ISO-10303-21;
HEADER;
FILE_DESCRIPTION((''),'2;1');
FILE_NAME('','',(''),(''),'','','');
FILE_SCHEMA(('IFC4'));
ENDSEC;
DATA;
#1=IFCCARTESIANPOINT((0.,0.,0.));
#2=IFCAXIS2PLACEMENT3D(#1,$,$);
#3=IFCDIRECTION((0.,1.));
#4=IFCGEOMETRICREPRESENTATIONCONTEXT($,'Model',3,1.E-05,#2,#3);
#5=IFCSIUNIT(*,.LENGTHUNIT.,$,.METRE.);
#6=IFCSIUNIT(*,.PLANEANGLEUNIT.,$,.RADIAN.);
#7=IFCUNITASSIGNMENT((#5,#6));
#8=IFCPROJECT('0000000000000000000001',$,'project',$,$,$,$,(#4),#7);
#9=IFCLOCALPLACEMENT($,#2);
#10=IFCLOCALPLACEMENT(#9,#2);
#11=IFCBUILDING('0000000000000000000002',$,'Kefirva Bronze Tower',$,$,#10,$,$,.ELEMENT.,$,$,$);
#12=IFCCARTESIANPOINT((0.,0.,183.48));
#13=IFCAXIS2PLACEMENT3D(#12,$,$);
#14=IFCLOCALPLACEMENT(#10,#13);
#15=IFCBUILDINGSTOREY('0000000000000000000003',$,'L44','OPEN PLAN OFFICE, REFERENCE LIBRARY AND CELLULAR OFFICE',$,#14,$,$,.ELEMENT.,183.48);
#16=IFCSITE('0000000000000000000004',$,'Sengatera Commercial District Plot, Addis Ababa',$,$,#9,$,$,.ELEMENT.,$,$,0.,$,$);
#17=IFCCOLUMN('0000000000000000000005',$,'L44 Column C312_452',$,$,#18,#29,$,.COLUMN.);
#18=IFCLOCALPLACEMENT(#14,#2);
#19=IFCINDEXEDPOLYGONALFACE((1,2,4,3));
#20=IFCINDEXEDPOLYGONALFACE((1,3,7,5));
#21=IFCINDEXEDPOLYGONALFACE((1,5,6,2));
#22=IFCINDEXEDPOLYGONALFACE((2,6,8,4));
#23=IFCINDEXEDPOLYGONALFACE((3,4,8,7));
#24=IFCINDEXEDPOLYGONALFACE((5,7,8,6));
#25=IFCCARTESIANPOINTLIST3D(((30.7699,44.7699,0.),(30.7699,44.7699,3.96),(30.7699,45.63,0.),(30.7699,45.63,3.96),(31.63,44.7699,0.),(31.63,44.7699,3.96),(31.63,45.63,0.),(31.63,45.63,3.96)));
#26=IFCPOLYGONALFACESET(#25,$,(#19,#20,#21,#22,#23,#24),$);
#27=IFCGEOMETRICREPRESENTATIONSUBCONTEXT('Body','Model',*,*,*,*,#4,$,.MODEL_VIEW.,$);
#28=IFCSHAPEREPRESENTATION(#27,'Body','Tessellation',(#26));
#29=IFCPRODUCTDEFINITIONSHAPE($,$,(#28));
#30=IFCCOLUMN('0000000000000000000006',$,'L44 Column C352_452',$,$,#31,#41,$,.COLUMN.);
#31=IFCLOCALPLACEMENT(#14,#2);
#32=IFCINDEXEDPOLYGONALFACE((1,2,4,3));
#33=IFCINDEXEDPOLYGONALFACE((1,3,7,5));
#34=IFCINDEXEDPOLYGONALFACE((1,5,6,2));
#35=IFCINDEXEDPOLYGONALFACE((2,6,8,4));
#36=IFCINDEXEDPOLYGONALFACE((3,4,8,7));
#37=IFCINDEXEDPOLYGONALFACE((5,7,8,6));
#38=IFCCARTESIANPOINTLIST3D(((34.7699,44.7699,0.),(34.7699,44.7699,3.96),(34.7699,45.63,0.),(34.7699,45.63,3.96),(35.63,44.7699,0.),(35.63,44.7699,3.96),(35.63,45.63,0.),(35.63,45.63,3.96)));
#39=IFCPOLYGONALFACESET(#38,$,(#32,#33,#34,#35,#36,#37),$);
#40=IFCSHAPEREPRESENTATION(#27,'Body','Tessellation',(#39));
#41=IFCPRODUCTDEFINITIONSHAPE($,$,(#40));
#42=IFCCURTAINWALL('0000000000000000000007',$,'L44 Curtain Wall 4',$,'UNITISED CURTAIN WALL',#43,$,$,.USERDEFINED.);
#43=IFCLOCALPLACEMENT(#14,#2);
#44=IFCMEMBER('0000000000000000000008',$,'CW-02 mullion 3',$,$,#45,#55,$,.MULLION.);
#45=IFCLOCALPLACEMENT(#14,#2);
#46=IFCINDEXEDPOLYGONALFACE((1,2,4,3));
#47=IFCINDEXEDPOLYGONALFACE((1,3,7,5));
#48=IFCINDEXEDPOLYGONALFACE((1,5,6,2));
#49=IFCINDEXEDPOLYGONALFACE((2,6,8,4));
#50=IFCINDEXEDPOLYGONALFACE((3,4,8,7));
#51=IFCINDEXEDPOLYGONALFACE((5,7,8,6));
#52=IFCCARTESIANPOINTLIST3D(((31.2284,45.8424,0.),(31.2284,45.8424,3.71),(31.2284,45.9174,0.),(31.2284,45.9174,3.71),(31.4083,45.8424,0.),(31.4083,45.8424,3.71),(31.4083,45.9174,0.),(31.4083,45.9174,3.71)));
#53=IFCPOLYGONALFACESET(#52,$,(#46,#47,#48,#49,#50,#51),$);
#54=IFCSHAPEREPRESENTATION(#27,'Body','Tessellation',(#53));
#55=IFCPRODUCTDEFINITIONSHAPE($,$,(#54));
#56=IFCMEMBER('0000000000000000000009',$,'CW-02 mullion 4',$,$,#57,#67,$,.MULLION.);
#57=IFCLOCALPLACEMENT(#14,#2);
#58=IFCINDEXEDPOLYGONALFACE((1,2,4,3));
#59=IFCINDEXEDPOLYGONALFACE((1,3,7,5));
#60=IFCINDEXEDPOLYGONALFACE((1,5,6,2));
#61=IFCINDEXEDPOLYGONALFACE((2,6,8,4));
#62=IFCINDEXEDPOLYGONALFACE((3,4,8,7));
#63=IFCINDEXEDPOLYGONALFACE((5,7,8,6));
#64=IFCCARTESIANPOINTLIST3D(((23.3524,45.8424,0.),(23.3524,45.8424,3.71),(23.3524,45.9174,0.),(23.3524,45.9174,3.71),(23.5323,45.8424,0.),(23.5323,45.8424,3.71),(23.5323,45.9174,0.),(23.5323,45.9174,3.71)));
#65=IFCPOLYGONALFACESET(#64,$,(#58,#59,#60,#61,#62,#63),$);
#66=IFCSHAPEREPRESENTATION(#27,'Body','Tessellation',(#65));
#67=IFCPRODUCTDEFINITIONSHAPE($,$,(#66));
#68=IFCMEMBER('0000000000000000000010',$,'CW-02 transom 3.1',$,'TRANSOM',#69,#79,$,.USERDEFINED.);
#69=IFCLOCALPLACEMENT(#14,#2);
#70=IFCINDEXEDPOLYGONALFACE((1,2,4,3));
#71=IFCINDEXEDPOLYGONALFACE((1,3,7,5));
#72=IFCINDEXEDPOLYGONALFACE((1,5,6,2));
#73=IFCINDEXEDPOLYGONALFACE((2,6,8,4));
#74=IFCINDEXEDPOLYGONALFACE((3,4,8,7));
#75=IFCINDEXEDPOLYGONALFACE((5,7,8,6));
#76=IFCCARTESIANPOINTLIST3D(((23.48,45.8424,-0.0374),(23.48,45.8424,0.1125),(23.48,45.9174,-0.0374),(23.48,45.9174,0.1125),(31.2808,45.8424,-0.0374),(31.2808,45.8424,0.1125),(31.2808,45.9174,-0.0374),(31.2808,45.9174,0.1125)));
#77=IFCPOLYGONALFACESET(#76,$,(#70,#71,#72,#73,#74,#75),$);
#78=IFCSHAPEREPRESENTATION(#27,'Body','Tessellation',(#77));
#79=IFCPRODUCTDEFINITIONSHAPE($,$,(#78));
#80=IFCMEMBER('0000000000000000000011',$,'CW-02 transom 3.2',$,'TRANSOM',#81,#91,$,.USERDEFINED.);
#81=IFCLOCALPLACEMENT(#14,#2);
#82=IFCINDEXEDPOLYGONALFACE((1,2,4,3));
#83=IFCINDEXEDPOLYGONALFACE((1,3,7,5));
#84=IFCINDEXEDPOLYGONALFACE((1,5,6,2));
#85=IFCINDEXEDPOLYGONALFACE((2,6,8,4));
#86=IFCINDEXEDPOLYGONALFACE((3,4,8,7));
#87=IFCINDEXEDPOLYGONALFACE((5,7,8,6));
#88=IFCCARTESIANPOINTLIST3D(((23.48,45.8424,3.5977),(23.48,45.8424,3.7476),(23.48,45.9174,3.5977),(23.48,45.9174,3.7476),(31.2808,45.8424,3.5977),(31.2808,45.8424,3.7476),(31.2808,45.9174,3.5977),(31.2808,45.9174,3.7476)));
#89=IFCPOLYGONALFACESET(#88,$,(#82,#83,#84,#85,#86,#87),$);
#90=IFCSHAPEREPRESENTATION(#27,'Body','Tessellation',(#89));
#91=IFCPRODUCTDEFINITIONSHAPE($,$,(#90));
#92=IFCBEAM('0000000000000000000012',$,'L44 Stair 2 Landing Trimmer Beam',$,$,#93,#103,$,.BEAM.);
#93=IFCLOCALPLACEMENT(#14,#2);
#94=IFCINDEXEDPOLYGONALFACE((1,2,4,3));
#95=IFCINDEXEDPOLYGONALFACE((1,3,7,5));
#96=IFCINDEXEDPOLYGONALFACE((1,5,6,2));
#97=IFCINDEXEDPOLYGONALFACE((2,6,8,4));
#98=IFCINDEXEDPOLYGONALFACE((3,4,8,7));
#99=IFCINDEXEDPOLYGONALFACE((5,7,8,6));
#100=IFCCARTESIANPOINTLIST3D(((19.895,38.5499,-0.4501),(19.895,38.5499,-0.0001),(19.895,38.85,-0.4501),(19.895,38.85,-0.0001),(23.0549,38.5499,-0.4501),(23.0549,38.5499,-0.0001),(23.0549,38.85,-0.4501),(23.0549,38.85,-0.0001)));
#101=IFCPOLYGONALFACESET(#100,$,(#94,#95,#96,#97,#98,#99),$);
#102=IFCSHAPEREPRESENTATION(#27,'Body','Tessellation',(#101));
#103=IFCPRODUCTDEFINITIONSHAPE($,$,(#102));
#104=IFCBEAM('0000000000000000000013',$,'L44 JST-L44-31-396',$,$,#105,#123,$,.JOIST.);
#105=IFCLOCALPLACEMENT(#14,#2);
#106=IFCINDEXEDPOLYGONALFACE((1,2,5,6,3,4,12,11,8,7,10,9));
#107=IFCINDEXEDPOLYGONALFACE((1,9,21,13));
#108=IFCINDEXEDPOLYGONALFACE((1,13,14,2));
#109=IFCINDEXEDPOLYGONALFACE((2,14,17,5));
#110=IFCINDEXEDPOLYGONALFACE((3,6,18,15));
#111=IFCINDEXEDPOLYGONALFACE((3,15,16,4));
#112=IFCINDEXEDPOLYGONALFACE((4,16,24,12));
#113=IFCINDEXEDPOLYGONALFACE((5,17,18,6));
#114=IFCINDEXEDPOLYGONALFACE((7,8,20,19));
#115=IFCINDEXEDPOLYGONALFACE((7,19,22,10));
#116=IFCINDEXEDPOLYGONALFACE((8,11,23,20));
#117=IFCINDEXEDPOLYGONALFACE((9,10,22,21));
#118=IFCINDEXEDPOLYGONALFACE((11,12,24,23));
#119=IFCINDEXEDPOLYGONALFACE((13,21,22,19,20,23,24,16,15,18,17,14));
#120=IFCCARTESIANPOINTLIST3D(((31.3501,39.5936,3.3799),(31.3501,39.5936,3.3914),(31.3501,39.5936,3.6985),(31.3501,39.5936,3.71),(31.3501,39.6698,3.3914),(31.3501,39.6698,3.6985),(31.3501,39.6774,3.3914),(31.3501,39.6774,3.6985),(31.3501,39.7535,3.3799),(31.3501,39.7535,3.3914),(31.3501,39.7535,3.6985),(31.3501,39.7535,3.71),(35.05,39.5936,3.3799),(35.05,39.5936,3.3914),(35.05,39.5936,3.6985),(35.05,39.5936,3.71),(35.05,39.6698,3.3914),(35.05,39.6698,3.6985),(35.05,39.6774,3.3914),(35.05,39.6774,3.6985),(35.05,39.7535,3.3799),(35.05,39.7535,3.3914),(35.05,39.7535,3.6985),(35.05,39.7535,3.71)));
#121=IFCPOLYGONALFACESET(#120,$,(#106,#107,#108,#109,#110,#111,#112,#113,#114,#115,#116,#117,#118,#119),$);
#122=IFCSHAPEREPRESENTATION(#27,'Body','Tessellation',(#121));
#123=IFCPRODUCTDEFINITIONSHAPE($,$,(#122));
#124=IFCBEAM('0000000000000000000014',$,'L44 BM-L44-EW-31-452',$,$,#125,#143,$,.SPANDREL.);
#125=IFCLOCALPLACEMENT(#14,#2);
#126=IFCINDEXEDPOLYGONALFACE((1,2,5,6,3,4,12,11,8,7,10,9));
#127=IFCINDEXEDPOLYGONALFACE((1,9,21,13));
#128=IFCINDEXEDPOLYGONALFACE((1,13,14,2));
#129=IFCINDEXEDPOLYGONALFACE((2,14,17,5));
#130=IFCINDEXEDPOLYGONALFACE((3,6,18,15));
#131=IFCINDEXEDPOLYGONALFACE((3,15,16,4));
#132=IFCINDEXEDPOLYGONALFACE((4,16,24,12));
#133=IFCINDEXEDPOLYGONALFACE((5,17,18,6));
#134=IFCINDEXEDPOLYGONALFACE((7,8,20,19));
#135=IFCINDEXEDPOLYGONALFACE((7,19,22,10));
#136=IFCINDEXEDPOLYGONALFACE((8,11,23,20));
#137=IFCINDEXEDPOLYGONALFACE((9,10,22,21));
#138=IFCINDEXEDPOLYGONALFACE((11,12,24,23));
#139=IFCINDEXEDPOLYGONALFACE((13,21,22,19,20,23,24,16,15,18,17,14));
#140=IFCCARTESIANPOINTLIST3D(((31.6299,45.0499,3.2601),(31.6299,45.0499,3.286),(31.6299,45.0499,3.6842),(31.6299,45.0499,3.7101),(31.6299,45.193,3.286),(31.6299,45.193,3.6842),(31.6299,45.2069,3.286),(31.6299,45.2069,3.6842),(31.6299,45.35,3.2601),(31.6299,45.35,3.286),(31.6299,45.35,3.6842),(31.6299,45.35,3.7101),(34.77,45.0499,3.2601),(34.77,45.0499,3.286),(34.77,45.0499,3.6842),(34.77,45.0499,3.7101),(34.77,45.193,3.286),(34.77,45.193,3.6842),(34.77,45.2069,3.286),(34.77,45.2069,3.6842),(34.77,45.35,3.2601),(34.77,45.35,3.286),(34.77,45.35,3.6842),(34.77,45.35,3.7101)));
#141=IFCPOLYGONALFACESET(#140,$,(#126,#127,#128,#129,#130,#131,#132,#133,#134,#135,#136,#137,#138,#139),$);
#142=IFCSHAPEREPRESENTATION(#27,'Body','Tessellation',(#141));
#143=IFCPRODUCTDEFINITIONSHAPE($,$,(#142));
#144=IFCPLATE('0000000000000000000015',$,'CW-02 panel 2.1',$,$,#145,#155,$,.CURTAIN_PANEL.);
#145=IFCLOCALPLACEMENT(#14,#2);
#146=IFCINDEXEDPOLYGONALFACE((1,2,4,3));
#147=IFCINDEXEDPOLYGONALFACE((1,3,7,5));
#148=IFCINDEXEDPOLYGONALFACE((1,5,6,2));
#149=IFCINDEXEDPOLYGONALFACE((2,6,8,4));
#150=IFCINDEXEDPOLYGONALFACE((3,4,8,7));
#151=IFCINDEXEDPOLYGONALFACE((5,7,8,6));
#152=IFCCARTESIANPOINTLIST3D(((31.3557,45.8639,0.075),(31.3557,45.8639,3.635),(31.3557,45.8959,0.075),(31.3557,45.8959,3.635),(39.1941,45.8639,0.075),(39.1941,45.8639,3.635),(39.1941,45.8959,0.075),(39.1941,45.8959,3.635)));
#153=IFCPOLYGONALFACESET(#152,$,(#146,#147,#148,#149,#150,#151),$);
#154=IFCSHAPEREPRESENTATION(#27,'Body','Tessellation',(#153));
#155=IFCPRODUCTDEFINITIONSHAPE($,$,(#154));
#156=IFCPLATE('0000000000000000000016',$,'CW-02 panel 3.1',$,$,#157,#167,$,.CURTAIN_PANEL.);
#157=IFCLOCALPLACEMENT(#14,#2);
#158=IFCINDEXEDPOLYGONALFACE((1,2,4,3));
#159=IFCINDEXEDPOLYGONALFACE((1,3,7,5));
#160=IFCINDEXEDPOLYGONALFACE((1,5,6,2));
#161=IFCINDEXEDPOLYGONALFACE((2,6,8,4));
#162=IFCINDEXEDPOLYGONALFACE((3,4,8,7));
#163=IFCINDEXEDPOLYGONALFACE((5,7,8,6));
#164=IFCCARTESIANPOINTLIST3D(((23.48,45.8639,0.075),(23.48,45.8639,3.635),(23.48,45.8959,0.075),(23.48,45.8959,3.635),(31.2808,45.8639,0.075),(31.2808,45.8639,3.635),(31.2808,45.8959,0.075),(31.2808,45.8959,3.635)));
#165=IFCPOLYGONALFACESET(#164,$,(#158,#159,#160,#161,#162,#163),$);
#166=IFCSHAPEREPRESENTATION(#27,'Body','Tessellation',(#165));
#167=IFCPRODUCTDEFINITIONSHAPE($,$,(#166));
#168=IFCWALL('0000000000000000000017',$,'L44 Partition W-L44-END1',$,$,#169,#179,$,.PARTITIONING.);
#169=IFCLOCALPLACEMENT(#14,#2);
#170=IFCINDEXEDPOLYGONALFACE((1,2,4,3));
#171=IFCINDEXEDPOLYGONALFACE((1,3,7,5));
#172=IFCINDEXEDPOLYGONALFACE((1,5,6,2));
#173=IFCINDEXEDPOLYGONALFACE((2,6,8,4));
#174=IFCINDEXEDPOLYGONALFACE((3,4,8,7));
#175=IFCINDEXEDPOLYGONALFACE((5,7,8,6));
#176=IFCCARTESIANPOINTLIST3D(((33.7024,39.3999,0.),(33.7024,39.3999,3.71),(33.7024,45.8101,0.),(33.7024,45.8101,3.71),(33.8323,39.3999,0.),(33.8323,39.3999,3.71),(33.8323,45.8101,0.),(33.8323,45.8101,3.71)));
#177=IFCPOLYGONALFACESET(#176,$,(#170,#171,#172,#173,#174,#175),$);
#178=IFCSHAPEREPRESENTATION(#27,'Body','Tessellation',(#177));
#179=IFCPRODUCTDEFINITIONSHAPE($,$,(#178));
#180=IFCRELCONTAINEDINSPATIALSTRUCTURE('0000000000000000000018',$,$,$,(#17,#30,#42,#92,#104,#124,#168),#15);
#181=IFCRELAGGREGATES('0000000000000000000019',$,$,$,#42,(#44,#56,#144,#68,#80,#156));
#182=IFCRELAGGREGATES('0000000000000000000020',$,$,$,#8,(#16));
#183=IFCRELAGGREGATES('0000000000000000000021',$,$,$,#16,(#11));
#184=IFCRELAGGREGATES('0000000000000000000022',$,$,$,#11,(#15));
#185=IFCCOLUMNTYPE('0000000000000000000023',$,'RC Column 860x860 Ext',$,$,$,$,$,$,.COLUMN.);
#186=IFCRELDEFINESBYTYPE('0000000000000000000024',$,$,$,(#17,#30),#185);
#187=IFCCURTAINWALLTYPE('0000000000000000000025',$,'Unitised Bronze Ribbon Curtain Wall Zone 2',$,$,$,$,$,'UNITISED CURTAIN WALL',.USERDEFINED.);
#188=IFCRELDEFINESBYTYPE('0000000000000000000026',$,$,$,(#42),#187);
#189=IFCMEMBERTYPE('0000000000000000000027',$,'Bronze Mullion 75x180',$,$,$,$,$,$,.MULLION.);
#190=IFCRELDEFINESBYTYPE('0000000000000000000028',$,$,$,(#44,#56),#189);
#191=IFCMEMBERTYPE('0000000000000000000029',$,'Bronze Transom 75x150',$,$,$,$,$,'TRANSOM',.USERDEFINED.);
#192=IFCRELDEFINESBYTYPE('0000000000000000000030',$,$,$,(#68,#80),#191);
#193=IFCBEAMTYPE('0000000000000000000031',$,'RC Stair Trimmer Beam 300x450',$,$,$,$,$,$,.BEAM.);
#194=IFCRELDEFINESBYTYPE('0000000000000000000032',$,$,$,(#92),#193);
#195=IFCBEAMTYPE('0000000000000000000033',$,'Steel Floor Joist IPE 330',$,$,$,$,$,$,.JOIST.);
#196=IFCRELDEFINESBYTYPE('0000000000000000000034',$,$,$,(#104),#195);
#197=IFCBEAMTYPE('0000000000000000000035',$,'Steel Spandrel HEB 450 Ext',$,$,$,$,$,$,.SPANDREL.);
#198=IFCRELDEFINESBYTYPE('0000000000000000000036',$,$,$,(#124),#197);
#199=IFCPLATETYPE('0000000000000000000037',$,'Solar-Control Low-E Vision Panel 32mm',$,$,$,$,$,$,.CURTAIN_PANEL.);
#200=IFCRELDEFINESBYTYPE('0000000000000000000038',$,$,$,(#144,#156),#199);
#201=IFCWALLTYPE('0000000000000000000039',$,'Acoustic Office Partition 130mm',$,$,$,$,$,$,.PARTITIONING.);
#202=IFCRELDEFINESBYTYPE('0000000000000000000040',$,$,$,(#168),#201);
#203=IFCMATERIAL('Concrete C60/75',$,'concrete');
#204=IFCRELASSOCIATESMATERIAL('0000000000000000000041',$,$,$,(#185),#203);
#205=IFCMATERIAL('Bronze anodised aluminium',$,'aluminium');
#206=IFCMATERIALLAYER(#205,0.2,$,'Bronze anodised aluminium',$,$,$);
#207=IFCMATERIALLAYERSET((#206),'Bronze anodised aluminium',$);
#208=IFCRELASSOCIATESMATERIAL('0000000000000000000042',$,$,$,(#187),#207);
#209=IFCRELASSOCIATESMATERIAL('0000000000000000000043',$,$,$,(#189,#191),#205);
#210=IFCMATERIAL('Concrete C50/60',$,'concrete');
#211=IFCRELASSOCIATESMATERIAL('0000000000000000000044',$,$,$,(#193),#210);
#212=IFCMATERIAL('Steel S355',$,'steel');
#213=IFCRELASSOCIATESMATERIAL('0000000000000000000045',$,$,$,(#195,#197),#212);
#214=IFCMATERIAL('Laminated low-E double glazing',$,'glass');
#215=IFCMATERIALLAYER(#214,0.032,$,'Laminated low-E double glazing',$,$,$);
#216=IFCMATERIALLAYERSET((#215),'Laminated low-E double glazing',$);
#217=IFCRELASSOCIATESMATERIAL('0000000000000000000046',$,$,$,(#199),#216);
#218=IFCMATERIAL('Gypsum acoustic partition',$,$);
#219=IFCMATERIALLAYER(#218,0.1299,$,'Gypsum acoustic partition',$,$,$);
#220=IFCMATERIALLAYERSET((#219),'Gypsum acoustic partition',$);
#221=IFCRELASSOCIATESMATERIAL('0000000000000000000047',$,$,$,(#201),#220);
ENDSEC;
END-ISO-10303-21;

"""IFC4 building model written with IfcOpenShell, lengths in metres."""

from ifc_helpers import new_model, si_unit, direction, frame, frame_2d, origin, origin_2d, place, context, subcontext, project, spatial, rectangle, i_section, extrude, material, layer, layer_set, material_profile, profile_set, type_object, element, aggregate, save


model = new_model("IFC4")

# Units and contexts
model_context = context("Model", 3, precision=1e-05, world=origin(), true_north=direction((0.0, 1.0)))
body_context = subcontext(model_context, "Body", "Model", "MODEL_VIEW")
ifc_project = project(units=[si_unit("LENGTHUNIT", "METRE"), si_unit("PLANEANGLEUNIT", "RADIAN")], contexts=[model_context])

# Site, building, storey
site_placement = place(None, origin())
site = spatial("IfcSite", under=ifc_project, at=site_placement, Name="Sengatera Commercial District Plot, Addis Ababa", CompositionType="ELEMENT", RefElevation=0.0)
building_placement = place(site_placement, origin())
building = spatial("IfcBuilding", under=site, at=building_placement, Name="Kefirva Bronze Tower", CompositionType="ELEMENT")
storey_placement = place(building_placement, frame((0.0, 0.0, 183.48)))
storey = spatial("IfcBuildingStorey", under=building, at=storey_placement, Name="L44", Description="OPEN PLAN OFFICE, REFERENCE LIBRARY AND CELLULAR OFFICE", CompositionType="ELEMENT", Elevation=183.48)

# Columns
ifc_material_1 = material(Name="Concrete C60/75", Category="concrete")
ifc_material_profile_1 = material_profile(ifc_material_1, rectangle(XDim=0.8601, YDim=0.8601, at=origin_2d()), Name="RC 860x860")
ifc_profile_set_1 = profile_set([ifc_material_profile_1], Name="Concrete C60/75")
column_type = type_object("IfcColumnType", Name="RC Column 860x860 Ext", PredefinedType="COLUMN", material=ifc_profile_set_1)
for number, where, z_axis, x_axis, name in (
    (1, (31.2, 45.2, 0.0), (0.0, 0.0, 1.0), (1.0, 0.0, 0.0), "L44 Column C312_452"),
    (2, (35.2, 45.2, 0.0), (0.0, 0.0, 1.0), (1.0, 0.0, 0.0), "L44 Column C352_452"),
):
    element("IfcColumn", number, at=place(storey_placement, frame(where, z_axis=z_axis, x_axis=x_axis)), inside=storey, type_object=column_type, Name=name, PredefinedType="COLUMN", context=body_context, shape_type="SweptSolid", body=[
        extrude(rectangle(XDim=0.8601, YDim=0.8601, at=origin_2d()), origin(), (0.0, 0.0, 1.0), 3.96),
    ])

# Curtain wall, members
ifc_material_2 = material(Name="Bronze anodised aluminium", Category="aluminium")
ifc_layer_1 = layer(ifc_material_2, 0.2, Name="Bronze anodised aluminium")
ifc_layer_set_1 = layer_set([ifc_layer_1], Name="Bronze anodised aluminium")
curtain_wall_type = type_object("IfcCurtainWallType", Name="Unitised Bronze Ribbon Curtain Wall Zone 2", ElementType="UNITISED CURTAIN WALL", PredefinedType="USERDEFINED", material=ifc_layer_set_1)
curtain_wall_placement = place(storey_placement, origin())
curtain_wall = element("IfcCurtainWall", 3, at=curtain_wall_placement, inside=storey, type_object=curtain_wall_type, Name="L44 Curtain Wall 4", ObjectType="UNITISED CURTAIN WALL", PredefinedType="USERDEFINED")
ifc_material_profile_2 = material_profile(ifc_material_2, rectangle(XDim=0.075, YDim=0.1799, at=origin_2d()), Name="ALU 75x180")
ifc_profile_set_2 = profile_set([ifc_material_profile_2], Name="Bronze anodised aluminium")
member_type_1 = type_object("IfcMemberType", Name="Bronze Mullion 75x180", PredefinedType="MULLION", material=ifc_profile_set_2)
member_1_placement = place(storey_placement, frame((31.3184, 45.8799, 0.0), z_axis=(0.0, 0.0, 1.0), x_axis=(0.0, -1.0, 0.0)))
member_1 = element("IfcMember", 4, at=member_1_placement, type_object=member_type_1, Name="CW-02 mullion 3", PredefinedType="MULLION", context=body_context, shape_type="SweptSolid", body=[
    extrude(rectangle(XDim=0.075, YDim=0.1799, at=origin_2d()), origin(), (0.0, 0.0, 1.0), 3.71),
])
member_2_placement = place(storey_placement, frame((23.4424, 45.8799, 0.0), z_axis=(0.0, 0.0, 1.0), x_axis=(0.0, -1.0, 0.0)))
member_2 = element("IfcMember", 5, at=member_2_placement, type_object=member_type_1, Name="CW-02 mullion 4", PredefinedType="MULLION", context=body_context, shape_type="SweptSolid", body=[
    extrude(rectangle(XDim=0.075, YDim=0.1799, at=origin_2d()), origin(), (0.0, 0.0, 1.0), 3.71),
])
ifc_material_profile_3 = material_profile(ifc_material_2, rectangle(XDim=0.075, YDim=0.1499, at=origin_2d()), Name="ALU 75x150")
ifc_profile_set_3 = profile_set([ifc_material_profile_3], Name="Bronze anodised aluminium")
member_type_2 = type_object("IfcMemberType", Name="Bronze Transom 75x150", ElementType="TRANSOM", PredefinedType="USERDEFINED", material=ifc_profile_set_3)
member_3_placement = place(storey_placement, frame((31.2808, 45.8799, 0.0376), z_axis=(-1.0, 0.0, 0.0), x_axis=(0.0, -1.0, 0.0)))
member_3 = element("IfcMember", 6, at=member_3_placement, type_object=member_type_2, Name="CW-02 transom 3.1", ObjectType="TRANSOM", PredefinedType="USERDEFINED", context=body_context, shape_type="SweptSolid", body=[
    extrude(rectangle(XDim=0.075, YDim=0.1499, at=origin_2d()), origin(), (0.0, 0.0, 1.0), 7.8008),
])
member_4_placement = place(storey_placement, frame((31.2808, 45.8799, 3.6726), z_axis=(-1.0, 0.0, 0.0), x_axis=(0.0, -1.0, 0.0)))
member_4 = element("IfcMember", 7, at=member_4_placement, type_object=member_type_2, Name="CW-02 transom 3.2", ObjectType="TRANSOM", PredefinedType="USERDEFINED", context=body_context, shape_type="SweptSolid", body=[
    extrude(rectangle(XDim=0.075, YDim=0.1499, at=origin_2d()), origin(), (0.0, 0.0, 1.0), 7.8008),
])

# Beams
ifc_material_3 = material(Name="Concrete C50/60", Category="concrete")
ifc_material_profile_4 = material_profile(ifc_material_3, rectangle(XDim=0.3, YDim=0.45, at=origin_2d()), Name="RC 300x450")
ifc_profile_set_4 = profile_set([ifc_material_profile_4], Name="Concrete C50/60")
beam_type_1 = type_object("IfcBeamType", Name="RC Stair Trimmer Beam 300x450", PredefinedType="BEAM", material=ifc_profile_set_4)
beam_1_placement = place(storey_placement, frame((19.895, 38.7, -0.2251), z_axis=(1.0, 0.0, 0.0), x_axis=(0.0, 1.0, 0.0)))
element("IfcBeam", 8, at=beam_1_placement, inside=storey, type_object=beam_type_1, Name="L44 Stair 2 Landing Trimmer Beam", PredefinedType="BEAM", context=body_context, shape_type="SweptSolid", body=[
    extrude(rectangle(XDim=0.3, YDim=0.45, at=origin_2d()), origin(), (0.0, 0.0, 1.0), 3.1599),
])
ifc_material_4 = material(Name="Steel S355", Category="steel")
ifc_material_profile_5 = material_profile(ifc_material_4, i_section(OverallWidth=0.1599, OverallDepth=0.3301, WebThickness=0.0076, FlangeThickness=0.0115, at=origin_2d()), Name="IPE 330")
ifc_profile_set_5 = profile_set([ifc_material_profile_5], Name="Steel S355")
beam_type_2 = type_object("IfcBeamType", Name="Steel Floor Joist IPE 330", PredefinedType="JOIST", material=ifc_profile_set_5)
beam_2_placement = place(storey_placement, frame((31.3501, 39.6736, 3.5449), z_axis=(1.0, 0.0, 0.0), x_axis=(0.0, 1.0, 0.0)))
element("IfcBeam", 9, at=beam_2_placement, inside=storey, type_object=beam_type_2, Name="L44 JST-L44-31-396", PredefinedType="JOIST", context=body_context, shape_type="SweptSolid", body=[
    extrude(i_section(OverallWidth=0.1599, OverallDepth=0.3301, WebThickness=0.0076, FlangeThickness=0.0115, at=origin_2d()), origin(), (0.0, 0.0, 1.0), 3.7),
])
ifc_material_profile_6 = material_profile(ifc_material_4, i_section(OverallWidth=0.3, OverallDepth=0.45, WebThickness=0.0139, FlangeThickness=0.0259, at=origin_2d()), Name="HEB 450")
ifc_profile_set_6 = profile_set([ifc_material_profile_6], Name="Steel S355")
beam_type_3 = type_object("IfcBeamType", Name="Steel Spandrel HEB 450 Ext", PredefinedType="SPANDREL", material=ifc_profile_set_6)
beam_3_placement = place(storey_placement, frame((31.6299, 45.2, 3.4851), z_axis=(1.0, 0.0, 0.0), x_axis=(0.0, 1.0, 0.0)))
element("IfcBeam", 10, at=beam_3_placement, inside=storey, type_object=beam_type_3, Name="L44 BM-L44-EW-31-452", PredefinedType="SPANDREL", context=body_context, shape_type="SweptSolid", body=[
    extrude(i_section(OverallWidth=0.3, OverallDepth=0.45, WebThickness=0.0139, FlangeThickness=0.0259, at=origin_2d()), origin(), (0.0, 0.0, 1.0), 3.1401),
])

# Plates
ifc_material_5 = material(Name="Laminated low-E double glazing", Category="glass")
ifc_layer_2 = layer(ifc_material_5, 0.032, Name="Laminated low-E double glazing")
ifc_layer_set_2 = layer_set([ifc_layer_2], Name="Laminated low-E double glazing")
plate_type = type_object("IfcPlateType", Name="Solar-Control Low-E Vision Panel 32mm", PredefinedType="CURTAIN_PANEL", material=ifc_layer_set_2)
plate_1_placement = place(storey_placement, frame((35.2749, 45.8799, 0.075), z_axis=(0.0, 0.0, 1.0), x_axis=(-1.0, 0.0, 0.0)))
plate_1 = element("IfcPlate", 11, at=plate_1_placement, type_object=plate_type, Name="CW-02 panel 2.1", PredefinedType="CURTAIN_PANEL", context=body_context, shape_type="SweptSolid", body=[
    extrude(rectangle(XDim=7.8384, YDim=0.032, at=origin_2d()), origin(), (0.0, 0.0, 1.0), 3.5601),
])
plate_2_placement = place(storey_placement, frame((27.3804, 45.8799, 0.075), z_axis=(0.0, 0.0, 1.0), x_axis=(-1.0, 0.0, 0.0)))
plate_2 = element("IfcPlate", 12, at=plate_2_placement, type_object=plate_type, Name="CW-02 panel 3.1", PredefinedType="CURTAIN_PANEL", context=body_context, shape_type="SweptSolid", body=[
    extrude(rectangle(XDim=7.8008, YDim=0.032, at=origin_2d()), origin(), (0.0, 0.0, 1.0), 3.5601),
])
aggregate(curtain_wall, [member_1, member_2, plate_1, member_3, member_4, plate_2])

# Wall
ifc_material_6 = material(Name="Gypsum acoustic partition")
ifc_layer_3 = layer(ifc_material_6, 0.1299, Name="Gypsum acoustic partition")
ifc_layer_set_3 = layer_set([ifc_layer_3], Name="Gypsum acoustic partition")
wall_type_1 = type_object("IfcWallType", Name="Acoustic Office Partition 130mm", PredefinedType="PARTITIONING", material=ifc_layer_set_3)
wall_1_placement = place(storey_placement, frame((33.7673, 39.3999, 0.0), z_axis=(0.0, 0.0, 1.0), x_axis=(0.0, 1.0, 0.0)))
element("IfcWall", 13, at=wall_1_placement, inside=storey, type_object=wall_type_1, Name="L44 Partition W-L44-END1", PredefinedType="PARTITIONING", context=body_context, shape_type="SweptSolid", body=[
    extrude(rectangle(XDim=6.4102, YDim=0.1299, at=frame_2d((3.2051, 0.0))), origin(), (0.0, 0.0, 1.0), 3.71),
])

save(model, "model.ifc")
